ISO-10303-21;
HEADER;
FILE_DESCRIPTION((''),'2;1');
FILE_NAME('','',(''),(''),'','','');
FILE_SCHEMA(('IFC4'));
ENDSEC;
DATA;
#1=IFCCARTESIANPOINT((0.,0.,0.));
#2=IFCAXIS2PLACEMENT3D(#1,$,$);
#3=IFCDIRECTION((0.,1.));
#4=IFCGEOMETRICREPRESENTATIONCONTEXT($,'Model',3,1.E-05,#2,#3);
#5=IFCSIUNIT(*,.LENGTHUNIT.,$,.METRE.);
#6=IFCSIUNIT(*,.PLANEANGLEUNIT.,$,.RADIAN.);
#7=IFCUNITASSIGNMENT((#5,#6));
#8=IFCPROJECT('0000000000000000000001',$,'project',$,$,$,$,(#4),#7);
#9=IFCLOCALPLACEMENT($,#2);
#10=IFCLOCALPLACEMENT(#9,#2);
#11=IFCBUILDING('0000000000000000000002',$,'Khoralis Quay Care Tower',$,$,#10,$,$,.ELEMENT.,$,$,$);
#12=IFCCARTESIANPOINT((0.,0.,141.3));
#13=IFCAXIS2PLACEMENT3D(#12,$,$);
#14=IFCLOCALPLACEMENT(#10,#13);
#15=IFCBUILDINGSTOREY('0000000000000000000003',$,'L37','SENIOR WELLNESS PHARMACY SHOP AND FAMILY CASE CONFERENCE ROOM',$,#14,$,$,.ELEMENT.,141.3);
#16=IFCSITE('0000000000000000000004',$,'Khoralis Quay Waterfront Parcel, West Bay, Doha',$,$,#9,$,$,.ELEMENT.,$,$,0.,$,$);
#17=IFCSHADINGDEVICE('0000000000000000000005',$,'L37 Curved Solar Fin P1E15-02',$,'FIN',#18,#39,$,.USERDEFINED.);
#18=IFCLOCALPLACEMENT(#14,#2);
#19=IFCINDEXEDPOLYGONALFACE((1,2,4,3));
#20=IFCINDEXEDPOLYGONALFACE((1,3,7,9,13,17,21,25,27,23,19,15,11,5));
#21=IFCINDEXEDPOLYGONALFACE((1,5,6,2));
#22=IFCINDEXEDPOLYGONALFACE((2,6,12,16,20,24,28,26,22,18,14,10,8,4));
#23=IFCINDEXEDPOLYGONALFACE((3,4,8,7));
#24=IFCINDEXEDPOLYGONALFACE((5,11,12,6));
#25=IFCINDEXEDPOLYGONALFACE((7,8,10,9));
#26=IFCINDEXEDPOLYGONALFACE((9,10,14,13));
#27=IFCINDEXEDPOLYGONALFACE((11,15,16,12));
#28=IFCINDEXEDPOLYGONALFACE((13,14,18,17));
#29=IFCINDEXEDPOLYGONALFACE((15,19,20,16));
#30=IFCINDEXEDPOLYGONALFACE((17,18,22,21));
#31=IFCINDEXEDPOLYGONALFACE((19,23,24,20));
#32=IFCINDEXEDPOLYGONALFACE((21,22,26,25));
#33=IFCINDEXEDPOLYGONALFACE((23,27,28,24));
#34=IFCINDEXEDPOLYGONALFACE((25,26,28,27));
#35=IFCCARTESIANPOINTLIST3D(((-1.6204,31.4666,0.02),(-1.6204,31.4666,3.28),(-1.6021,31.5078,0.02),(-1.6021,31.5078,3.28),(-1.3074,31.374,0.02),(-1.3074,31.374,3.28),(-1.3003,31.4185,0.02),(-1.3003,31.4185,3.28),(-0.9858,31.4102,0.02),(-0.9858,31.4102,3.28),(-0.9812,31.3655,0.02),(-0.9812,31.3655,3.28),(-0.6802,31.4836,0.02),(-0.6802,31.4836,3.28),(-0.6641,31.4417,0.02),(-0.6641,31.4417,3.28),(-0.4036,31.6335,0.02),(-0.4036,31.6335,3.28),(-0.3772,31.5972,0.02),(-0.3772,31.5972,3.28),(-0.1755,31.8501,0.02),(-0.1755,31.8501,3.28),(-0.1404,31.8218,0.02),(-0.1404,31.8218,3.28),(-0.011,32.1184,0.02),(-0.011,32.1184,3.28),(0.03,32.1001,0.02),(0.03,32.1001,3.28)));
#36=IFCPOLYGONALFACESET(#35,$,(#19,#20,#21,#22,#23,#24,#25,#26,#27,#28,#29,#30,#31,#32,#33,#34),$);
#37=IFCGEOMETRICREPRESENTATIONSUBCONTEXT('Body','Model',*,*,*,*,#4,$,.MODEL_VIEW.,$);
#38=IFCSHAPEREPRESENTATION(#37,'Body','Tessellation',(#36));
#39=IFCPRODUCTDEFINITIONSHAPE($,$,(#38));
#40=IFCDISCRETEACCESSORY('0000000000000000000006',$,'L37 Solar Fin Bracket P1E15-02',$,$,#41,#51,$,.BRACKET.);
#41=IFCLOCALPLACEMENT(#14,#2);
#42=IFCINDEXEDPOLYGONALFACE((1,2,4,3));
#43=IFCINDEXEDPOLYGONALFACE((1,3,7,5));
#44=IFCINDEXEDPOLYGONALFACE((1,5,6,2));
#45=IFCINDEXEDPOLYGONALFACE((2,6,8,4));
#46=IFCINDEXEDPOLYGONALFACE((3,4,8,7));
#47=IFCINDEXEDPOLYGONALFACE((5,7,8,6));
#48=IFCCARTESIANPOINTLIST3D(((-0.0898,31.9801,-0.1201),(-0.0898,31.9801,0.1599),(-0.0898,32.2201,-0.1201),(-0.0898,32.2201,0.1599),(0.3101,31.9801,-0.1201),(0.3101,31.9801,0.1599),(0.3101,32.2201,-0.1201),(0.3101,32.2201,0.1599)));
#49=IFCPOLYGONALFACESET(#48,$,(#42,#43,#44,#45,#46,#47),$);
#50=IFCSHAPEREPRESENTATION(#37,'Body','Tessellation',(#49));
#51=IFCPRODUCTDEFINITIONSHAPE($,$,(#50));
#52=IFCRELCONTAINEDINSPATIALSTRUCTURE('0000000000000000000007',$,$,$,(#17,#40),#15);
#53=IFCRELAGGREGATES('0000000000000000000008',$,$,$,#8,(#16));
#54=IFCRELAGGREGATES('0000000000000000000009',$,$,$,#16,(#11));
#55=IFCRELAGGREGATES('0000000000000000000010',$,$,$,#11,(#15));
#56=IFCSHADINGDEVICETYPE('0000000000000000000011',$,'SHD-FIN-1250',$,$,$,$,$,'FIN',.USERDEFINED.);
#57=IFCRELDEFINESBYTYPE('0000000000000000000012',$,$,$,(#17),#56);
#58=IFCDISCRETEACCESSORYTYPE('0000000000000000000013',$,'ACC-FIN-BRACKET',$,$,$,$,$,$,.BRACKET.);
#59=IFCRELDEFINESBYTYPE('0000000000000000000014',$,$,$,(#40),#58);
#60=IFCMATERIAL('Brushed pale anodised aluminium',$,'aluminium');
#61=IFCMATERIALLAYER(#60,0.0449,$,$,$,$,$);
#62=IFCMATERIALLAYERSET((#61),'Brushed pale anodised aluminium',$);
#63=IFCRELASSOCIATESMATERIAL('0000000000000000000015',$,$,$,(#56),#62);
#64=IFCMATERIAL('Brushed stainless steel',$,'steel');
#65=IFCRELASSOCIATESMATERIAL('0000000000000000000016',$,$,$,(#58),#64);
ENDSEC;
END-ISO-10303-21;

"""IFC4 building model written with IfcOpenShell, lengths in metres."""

from ifc_helpers import new_model, si_unit, direction, frame, origin, origin_2d, place, context, subcontext, project, spatial, polyline, rectangle, outline, extrude, source, transform, mapped, material, layer, layer_set, type_object, element, save


model = new_model("IFC4")

# Units and contexts
model_context = context("Model", 3, precision=1e-05, world=origin(), true_north=direction((0.0, 1.0)))
body_context = subcontext(model_context, "Body", "Model", "MODEL_VIEW")
ifc_project = project(units=[si_unit("LENGTHUNIT", "METRE"), si_unit("PLANEANGLEUNIT", "RADIAN")], contexts=[model_context])

# Site, building, storey
site_placement = place(None, origin())
site = spatial("IfcSite", under=ifc_project, at=site_placement, Name="Khoralis Quay Waterfront Parcel, West Bay, Doha", CompositionType="ELEMENT", RefElevation=0.0)
building_placement = place(site_placement, origin())
building = spatial("IfcBuilding", under=site, at=building_placement, Name="Khoralis Quay Care Tower", CompositionType="ELEMENT")
storey_placement = place(building_placement, frame((0.0, 0.0, 141.3)))
storey = spatial("IfcBuildingStorey", under=building, at=storey_placement, Name="L37", Description="SENIOR WELLNESS PHARMACY SHOP AND FAMILY CASE CONFERENCE ROOM", CompositionType="ELEMENT", Elevation=141.3)

# Shading device
ifc_material_1 = material(Name="Brushed pale anodised aluminium", Category="aluminium")
ifc_layer_1 = layer(ifc_material_1, 0.0449)
ifc_layer_set_1 = layer_set([ifc_layer_1], Name="Brushed pale anodised aluminium")
shading_device_type = type_object("IfcShadingDeviceType", Name="SHD-FIN-1250", ElementType="FIN", PredefinedType="USERDEFINED", material=ifc_layer_set_1)
shared_shape_1 = source(origin(), body_context, "Body", "SweptSolid", [
    extrude(outline(polyline([(0.0, 0.0), (0.1704, 0.2783), (0.4072, 0.5029), (0.6941, 0.6584), (1.0112, 0.7346), (1.3374, 0.7261), (1.6504, 0.6335), (1.6321, 0.5923), (1.3303, 0.6816), (1.0159, 0.6899), (0.7102, 0.6165), (0.4336, 0.4666), (0.2056, 0.25), (0.041, -0.0183), (0.0, 0.0)])), origin(), (0.0, 0.0, 1.0), 3.26),
])
shading_device_placement = place(storey_placement, frame((0.03, 32.1001, 0.02), z_axis=(0.0, 0.0, 1.0), x_axis=(-1.0, 0.0, 0.0)))
element("IfcShadingDevice", 1, at=shading_device_placement, inside=storey, type_object=shading_device_type, Name="L37 Curved Solar Fin P1E15-02", ObjectType="FIN", PredefinedType="USERDEFINED", context=body_context, shape_type="MappedRepresentation", body=[
    mapped(shared_shape_1, transform((0.0, 0.0, 0.0), scale=1.0)),
])

# Discrete accessory
ifc_material_2 = material(Name="Brushed stainless steel", Category="steel")
discrete_accessory_type = type_object("IfcDiscreteAccessoryType", Name="ACC-FIN-BRACKET", PredefinedType="BRACKET", material=ifc_material_2)
shared_shape_2 = source(origin(), body_context, "Body", "SweptSolid", [
    extrude(rectangle(XDim=0.3999, YDim=0.24, at=origin_2d()), origin(), (0.0, 0.0, 1.0), 0.28),
])
discrete_accessory_placement = place(storey_placement, frame((0.1101, 32.1001, -0.1201), z_axis=(0.0, 0.0, 1.0), x_axis=(-1.0, 0.0, 0.0)))
element("IfcDiscreteAccessory", 2, at=discrete_accessory_placement, inside=storey, type_object=discrete_accessory_type, Name="L37 Solar Fin Bracket P1E15-02", PredefinedType="BRACKET", context=body_context, shape_type="MappedRepresentation", body=[
    mapped(shared_shape_2, transform((0.0, 0.0, 0.0), scale=1.0)),
])

save(model, "model.ifc")
